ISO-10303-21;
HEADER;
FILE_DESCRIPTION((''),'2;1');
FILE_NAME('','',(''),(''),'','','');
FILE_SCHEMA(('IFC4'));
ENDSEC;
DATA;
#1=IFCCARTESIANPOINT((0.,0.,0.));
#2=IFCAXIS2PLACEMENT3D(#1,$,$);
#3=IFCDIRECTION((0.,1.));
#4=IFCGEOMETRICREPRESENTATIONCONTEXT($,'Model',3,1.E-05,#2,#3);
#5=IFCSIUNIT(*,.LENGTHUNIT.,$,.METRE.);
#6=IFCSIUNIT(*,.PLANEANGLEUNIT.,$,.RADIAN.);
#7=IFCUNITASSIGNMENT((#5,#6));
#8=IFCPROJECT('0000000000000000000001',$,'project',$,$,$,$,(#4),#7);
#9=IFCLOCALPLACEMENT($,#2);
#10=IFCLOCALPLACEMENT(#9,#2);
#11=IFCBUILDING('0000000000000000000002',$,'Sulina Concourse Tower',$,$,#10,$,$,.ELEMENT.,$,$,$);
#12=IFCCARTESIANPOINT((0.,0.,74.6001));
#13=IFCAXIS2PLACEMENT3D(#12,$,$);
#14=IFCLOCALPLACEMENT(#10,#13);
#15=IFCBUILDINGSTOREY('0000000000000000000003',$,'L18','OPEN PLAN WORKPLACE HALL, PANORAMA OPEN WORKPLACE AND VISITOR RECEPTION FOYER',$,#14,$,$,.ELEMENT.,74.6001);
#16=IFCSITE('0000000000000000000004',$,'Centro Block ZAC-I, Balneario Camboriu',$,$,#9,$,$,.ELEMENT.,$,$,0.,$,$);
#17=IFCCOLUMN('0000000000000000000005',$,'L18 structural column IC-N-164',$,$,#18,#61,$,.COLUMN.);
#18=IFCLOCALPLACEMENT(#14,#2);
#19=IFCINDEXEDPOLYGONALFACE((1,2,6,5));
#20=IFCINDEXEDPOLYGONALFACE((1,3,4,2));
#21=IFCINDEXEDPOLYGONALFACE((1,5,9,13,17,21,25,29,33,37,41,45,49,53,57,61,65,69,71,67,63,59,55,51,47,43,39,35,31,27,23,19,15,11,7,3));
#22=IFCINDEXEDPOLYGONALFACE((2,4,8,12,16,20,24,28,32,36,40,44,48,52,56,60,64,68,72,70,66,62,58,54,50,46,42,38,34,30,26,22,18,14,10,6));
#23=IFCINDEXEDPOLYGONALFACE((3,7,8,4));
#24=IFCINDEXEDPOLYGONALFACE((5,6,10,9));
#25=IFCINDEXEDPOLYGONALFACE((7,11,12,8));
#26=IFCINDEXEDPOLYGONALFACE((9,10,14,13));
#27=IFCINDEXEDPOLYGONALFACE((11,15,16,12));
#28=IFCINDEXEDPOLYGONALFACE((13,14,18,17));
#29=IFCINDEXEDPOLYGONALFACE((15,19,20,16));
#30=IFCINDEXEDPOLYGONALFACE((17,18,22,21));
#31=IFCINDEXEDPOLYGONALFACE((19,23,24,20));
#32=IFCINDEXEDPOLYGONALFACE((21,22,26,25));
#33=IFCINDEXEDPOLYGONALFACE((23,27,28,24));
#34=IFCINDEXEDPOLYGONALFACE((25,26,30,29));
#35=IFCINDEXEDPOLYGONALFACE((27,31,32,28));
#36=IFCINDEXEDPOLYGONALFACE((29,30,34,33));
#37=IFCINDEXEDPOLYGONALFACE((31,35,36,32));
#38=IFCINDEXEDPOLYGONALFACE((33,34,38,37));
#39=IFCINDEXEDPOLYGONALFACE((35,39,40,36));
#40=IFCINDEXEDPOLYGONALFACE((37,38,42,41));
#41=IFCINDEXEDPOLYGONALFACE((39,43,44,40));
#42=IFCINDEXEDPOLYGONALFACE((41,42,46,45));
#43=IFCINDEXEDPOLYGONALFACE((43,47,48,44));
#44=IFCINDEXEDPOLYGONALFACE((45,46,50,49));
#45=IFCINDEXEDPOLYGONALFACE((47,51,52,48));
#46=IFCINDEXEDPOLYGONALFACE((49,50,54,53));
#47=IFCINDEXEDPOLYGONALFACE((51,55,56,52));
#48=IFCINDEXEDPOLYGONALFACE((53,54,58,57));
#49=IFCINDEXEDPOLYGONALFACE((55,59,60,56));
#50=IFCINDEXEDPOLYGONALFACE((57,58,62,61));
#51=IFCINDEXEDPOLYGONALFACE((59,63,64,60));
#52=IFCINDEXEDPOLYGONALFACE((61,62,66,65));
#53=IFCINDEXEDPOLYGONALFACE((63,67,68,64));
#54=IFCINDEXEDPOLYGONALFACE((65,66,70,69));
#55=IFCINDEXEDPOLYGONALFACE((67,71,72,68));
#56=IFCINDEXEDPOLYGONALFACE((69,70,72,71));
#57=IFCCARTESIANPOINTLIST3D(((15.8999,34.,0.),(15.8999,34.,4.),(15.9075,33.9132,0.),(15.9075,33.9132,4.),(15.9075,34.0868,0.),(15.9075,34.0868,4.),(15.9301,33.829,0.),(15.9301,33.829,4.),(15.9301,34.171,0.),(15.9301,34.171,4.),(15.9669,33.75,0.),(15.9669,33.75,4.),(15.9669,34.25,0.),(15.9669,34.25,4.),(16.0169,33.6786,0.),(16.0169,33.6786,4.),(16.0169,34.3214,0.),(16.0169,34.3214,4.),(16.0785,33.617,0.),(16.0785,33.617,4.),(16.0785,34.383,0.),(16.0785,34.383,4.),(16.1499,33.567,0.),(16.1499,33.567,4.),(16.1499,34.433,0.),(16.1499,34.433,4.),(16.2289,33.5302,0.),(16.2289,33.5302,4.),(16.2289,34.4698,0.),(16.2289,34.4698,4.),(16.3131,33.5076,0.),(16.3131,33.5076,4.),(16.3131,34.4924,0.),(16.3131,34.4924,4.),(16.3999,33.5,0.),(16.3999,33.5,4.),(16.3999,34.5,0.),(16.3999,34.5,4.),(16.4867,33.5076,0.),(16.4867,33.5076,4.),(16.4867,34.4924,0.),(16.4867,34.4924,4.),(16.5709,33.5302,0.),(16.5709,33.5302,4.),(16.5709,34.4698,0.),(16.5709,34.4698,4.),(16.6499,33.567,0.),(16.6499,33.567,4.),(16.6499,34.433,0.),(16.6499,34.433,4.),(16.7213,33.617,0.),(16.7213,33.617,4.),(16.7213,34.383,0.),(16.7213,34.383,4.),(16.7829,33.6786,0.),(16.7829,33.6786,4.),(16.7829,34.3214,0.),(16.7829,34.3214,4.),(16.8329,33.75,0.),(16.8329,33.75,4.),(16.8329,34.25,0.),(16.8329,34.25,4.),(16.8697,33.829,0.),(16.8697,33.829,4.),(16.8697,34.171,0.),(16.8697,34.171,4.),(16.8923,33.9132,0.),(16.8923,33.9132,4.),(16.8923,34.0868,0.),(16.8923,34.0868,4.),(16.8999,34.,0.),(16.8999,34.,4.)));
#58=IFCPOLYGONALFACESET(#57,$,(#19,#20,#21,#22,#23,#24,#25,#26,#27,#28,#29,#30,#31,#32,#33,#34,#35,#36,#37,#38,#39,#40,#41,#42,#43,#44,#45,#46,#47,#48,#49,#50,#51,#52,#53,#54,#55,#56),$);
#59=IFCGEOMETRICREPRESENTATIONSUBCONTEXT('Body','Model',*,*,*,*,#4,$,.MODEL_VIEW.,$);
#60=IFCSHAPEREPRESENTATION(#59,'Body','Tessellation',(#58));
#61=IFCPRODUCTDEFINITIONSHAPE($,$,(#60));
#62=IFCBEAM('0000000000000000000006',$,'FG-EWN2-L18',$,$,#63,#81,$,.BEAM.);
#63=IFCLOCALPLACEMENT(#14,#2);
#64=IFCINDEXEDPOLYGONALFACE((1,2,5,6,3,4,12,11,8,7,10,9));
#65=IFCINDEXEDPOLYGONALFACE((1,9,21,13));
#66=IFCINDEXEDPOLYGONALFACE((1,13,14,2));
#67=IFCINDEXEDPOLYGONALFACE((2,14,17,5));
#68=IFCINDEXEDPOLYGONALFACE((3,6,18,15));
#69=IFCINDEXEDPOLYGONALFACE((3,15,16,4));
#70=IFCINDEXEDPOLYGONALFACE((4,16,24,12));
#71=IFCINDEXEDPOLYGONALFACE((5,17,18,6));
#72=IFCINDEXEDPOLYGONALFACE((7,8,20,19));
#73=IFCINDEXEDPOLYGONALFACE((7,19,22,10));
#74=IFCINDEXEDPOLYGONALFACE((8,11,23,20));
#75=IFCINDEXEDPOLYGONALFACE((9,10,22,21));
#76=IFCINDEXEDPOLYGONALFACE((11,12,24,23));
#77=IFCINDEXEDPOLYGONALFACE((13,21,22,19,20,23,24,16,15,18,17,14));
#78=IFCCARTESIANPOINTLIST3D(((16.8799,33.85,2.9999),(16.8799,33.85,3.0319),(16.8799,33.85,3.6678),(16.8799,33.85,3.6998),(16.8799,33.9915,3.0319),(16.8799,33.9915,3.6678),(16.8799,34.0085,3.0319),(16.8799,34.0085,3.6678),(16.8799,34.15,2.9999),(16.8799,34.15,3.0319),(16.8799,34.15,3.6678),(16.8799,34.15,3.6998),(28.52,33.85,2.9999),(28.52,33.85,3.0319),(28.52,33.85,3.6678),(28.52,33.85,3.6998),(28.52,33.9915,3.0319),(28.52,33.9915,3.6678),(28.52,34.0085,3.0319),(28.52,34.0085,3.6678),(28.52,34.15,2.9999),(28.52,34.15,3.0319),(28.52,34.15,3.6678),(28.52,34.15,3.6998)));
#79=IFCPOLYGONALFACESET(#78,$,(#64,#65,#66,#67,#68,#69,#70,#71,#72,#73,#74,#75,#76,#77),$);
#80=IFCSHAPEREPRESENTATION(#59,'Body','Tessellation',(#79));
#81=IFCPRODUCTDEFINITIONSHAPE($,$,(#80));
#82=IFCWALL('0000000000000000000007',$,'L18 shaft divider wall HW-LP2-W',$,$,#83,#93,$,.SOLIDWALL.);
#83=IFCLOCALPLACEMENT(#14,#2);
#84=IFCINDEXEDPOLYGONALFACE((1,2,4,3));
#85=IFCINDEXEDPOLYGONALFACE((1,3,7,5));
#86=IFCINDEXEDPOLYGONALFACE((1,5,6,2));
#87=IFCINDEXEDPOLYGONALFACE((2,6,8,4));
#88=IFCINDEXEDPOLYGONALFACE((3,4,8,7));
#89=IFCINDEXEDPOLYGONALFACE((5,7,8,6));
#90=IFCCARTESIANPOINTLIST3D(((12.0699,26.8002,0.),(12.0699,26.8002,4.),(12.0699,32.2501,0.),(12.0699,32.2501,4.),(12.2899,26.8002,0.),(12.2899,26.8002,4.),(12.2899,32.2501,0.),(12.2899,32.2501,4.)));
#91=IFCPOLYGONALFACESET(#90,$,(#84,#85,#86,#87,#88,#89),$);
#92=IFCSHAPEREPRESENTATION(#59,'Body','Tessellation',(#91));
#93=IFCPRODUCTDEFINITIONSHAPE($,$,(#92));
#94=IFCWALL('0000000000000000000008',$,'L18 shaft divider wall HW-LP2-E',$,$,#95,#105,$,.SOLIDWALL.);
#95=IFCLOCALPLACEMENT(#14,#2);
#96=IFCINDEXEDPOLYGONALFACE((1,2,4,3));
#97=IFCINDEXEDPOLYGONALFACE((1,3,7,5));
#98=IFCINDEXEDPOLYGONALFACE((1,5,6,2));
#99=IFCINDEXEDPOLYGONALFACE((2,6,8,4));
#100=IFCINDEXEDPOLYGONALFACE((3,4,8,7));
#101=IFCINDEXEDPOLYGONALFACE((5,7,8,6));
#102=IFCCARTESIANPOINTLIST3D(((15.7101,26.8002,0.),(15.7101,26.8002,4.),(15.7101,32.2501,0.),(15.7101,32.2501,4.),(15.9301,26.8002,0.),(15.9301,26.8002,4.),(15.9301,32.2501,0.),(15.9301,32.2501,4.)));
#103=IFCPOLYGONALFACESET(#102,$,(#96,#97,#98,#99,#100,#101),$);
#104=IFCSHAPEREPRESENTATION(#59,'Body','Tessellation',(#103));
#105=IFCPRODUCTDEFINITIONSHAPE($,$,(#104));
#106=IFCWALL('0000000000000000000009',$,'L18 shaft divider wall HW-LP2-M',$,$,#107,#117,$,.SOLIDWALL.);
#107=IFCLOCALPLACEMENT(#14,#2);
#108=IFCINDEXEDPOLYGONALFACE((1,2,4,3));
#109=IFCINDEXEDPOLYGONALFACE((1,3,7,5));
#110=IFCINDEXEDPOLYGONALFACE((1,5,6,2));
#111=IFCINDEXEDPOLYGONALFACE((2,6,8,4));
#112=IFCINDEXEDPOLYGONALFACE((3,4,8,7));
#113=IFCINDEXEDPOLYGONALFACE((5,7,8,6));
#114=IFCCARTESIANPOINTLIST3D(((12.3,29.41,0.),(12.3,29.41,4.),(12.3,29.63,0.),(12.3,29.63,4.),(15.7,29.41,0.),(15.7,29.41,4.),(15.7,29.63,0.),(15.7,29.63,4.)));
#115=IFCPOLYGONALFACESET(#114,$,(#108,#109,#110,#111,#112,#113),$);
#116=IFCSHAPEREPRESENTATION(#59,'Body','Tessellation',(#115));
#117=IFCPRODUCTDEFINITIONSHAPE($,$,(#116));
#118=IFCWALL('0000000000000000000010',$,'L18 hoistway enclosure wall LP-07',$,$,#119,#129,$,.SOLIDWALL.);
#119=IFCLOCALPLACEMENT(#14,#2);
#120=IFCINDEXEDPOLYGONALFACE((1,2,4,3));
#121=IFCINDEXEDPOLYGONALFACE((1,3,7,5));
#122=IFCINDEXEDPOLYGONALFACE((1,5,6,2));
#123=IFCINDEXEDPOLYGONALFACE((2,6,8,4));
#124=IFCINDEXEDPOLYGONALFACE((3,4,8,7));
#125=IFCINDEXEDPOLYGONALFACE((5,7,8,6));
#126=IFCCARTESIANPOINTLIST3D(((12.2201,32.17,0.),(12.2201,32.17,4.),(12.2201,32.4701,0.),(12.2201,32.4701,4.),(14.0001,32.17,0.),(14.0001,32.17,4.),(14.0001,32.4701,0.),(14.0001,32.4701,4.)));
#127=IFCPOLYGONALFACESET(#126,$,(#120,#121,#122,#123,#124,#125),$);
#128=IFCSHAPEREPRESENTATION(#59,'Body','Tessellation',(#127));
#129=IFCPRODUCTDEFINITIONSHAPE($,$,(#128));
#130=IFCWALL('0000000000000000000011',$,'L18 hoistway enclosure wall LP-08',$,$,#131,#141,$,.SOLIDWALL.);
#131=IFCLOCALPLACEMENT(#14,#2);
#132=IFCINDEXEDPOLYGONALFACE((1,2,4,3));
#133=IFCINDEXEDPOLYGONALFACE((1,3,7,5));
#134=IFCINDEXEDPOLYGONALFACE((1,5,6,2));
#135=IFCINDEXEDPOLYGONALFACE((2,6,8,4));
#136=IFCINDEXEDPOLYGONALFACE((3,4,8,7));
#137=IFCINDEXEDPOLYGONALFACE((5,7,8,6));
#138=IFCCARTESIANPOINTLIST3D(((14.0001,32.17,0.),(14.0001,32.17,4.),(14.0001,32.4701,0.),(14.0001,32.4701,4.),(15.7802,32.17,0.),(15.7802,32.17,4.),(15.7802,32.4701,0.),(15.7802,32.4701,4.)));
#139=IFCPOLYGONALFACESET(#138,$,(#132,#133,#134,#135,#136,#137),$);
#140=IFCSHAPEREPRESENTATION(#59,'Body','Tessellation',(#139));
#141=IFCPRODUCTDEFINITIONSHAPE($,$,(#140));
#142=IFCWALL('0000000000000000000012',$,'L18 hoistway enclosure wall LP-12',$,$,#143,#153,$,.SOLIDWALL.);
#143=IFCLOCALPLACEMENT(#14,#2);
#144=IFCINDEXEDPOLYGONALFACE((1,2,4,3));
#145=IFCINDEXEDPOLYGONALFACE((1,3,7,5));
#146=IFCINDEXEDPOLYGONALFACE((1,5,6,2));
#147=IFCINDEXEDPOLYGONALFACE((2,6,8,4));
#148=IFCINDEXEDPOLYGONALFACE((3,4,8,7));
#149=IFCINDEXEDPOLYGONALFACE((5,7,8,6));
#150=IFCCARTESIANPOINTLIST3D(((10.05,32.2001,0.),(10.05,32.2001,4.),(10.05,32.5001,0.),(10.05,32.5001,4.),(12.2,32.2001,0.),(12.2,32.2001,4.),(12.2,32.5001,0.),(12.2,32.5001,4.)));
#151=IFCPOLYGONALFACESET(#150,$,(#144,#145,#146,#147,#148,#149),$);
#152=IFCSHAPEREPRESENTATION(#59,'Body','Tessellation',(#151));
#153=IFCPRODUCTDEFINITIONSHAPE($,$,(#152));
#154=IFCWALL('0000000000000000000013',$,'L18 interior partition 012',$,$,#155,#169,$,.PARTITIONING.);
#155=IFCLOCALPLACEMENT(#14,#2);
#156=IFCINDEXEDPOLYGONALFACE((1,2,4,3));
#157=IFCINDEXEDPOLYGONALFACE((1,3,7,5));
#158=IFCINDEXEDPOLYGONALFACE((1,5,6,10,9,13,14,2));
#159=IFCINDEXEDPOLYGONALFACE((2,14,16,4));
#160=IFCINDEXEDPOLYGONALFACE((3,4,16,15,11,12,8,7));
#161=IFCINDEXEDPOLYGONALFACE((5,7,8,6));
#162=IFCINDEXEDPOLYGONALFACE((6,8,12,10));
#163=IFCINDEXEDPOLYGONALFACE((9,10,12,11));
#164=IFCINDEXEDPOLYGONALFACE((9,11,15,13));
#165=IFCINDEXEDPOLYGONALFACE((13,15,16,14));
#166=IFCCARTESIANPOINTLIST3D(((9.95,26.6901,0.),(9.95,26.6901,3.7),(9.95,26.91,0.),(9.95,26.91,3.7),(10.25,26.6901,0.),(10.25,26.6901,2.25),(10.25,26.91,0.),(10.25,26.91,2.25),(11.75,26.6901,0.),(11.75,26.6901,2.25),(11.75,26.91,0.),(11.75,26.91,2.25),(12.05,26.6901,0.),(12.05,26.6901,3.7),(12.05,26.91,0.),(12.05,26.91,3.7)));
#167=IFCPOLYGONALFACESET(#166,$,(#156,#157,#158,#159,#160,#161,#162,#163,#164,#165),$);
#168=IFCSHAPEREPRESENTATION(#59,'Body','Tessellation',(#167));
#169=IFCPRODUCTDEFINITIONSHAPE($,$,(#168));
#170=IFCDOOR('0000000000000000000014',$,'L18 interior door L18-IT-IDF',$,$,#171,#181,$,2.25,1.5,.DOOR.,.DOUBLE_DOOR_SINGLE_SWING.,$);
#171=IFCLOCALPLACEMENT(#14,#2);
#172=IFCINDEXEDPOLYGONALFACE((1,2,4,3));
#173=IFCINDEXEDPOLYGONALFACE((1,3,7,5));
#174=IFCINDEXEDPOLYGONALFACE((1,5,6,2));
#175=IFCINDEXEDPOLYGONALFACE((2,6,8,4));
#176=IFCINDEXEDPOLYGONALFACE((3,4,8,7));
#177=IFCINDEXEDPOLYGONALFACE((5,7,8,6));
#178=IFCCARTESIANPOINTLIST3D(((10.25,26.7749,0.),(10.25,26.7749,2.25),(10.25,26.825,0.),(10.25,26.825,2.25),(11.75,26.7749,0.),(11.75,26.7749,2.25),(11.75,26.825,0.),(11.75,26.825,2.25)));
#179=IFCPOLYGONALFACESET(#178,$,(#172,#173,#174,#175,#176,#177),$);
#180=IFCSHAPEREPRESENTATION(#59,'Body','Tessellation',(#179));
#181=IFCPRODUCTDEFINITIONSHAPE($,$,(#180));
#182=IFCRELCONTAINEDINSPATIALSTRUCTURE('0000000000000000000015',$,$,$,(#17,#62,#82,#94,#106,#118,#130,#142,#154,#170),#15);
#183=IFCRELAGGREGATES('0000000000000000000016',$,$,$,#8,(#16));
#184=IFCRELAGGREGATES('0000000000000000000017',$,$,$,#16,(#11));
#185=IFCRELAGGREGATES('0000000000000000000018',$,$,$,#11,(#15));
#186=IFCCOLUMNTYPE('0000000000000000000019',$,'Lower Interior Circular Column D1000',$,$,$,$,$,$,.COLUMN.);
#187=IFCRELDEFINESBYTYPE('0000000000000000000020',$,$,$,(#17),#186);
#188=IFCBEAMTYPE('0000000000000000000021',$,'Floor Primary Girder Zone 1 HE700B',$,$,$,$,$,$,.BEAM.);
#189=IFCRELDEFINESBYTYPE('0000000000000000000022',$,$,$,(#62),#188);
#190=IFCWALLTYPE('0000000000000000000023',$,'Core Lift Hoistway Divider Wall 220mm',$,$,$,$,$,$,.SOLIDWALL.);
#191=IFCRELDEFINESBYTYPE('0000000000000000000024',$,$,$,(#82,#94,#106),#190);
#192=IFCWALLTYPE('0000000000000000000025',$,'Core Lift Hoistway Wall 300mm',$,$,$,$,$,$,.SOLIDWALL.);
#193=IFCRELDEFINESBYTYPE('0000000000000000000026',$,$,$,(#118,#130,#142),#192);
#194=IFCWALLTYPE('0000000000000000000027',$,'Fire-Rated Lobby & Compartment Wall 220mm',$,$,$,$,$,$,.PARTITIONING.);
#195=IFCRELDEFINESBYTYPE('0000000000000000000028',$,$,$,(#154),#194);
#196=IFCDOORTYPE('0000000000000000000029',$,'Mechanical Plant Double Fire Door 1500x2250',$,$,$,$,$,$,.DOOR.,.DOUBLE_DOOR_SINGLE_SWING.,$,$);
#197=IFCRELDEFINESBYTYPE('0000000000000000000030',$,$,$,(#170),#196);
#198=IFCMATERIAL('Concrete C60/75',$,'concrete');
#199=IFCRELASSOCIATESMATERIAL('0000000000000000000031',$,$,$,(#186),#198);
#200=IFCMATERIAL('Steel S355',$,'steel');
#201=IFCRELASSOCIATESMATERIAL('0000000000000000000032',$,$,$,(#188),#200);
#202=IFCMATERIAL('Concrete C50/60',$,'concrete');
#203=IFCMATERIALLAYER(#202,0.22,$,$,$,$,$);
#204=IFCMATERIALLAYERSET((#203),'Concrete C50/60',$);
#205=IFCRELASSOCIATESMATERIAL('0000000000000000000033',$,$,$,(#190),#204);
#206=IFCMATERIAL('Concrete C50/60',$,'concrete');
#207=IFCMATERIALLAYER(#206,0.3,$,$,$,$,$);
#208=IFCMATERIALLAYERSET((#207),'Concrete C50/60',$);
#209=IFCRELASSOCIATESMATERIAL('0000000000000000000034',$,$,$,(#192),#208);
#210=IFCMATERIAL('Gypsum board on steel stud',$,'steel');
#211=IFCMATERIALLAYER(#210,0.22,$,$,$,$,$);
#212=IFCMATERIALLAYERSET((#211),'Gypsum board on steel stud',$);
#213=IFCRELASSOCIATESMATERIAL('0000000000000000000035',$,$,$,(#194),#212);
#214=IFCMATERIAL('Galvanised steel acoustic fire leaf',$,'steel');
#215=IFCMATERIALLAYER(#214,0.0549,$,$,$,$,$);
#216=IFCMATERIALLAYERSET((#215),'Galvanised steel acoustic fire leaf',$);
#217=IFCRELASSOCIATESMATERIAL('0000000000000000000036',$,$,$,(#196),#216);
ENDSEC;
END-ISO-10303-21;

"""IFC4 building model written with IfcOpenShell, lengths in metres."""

from ifc_helpers import new_model, si_unit, direction, frame, frame_2d, origin, origin_2d, place, context, subcontext, project, spatial, rectangle, circle, i_section, extrude, material, layer, layer_set, material_profile, profile_set, type_object, element, fill, save


model = new_model("IFC4")

# Units and contexts
model_context = context("Model", 3, precision=1e-05, world=origin(), true_north=direction((0.0, 1.0)))
body_context = subcontext(model_context, "Body", "Model", "MODEL_VIEW")
ifc_project = project(units=[si_unit("LENGTHUNIT", "METRE"), si_unit("PLANEANGLEUNIT", "RADIAN")], contexts=[model_context])

# Site, building, storey
site_placement = place(None, origin())
site = spatial("IfcSite", under=ifc_project, at=site_placement, Name="Centro Block ZAC-I, Balneario Camboriu", CompositionType="ELEMENT", RefElevation=0.0)
building_placement = place(site_placement, origin())
building = spatial("IfcBuilding", under=site, at=building_placement, Name="Sulina Concourse Tower", CompositionType="ELEMENT")
storey_placement = place(building_placement, frame((0.0, 0.0, 74.6001)))
storey = spatial("IfcBuildingStorey", under=building, at=storey_placement, Name="L18", Description="OPEN PLAN WORKPLACE HALL, PANORAMA OPEN WORKPLACE AND VISITOR RECEPTION FOYER", CompositionType="ELEMENT", Elevation=74.6001)

# Column
ifc_material_1 = material(Name="Concrete C60/75", Category="concrete")
ifc_material_profile_1 = material_profile(ifc_material_1, circle(Radius=0.5, at=origin_2d()), Name="RC D1000")
ifc_profile_set_1 = profile_set([ifc_material_profile_1], Name="Concrete C60/75")
column_type = type_object("IfcColumnType", Name="Lower Interior Circular Column D1000", PredefinedType="COLUMN", material=ifc_profile_set_1)
column_placement = place(storey_placement, frame((16.3999, 34.0, 0.0), z_axis=(0.0, 0.0, 1.0), x_axis=(1.0, 0.0, 0.0)))
element("IfcColumn", 1, at=column_placement, inside=storey, type_object=column_type, Name="L18 structural column IC-N-164", PredefinedType="COLUMN", context=body_context, shape_type="SweptSolid", body=[
    extrude(circle(Radius=0.5, at=origin_2d()), origin(), (0.0, 0.0, 1.0), 4.0),
])

# Beam
ifc_material_2 = material(Name="Steel S355", Category="steel")
ifc_material_profile_2 = material_profile(ifc_material_2, i_section(OverallWidth=0.3, OverallDepth=0.7, WebThickness=0.0171, FlangeThickness=0.032, at=origin_2d()), Name="HE 700 B")
ifc_profile_set_2 = profile_set([ifc_material_profile_2], Name="Steel S355")
beam_type = type_object("IfcBeamType", Name="Floor Primary Girder Zone 1 HE700B", PredefinedType="BEAM", material=ifc_profile_set_2)
beam_placement = place(storey_placement, frame((16.8799, 34.0, 3.3499), z_axis=(1.0, 0.0, 0.0), x_axis=(0.0, 1.0, 0.0)))
element("IfcBeam", 2, at=beam_placement, inside=storey, type_object=beam_type, Name="FG-EWN2-L18", PredefinedType="BEAM", context=body_context, shape_type="SweptSolid", body=[
    extrude(i_section(OverallWidth=0.3, OverallDepth=0.7, WebThickness=0.0171, FlangeThickness=0.032, at=origin_2d()), origin(), (0.0, 0.0, 1.0), 11.6401),
])

# Walls
ifc_material_3 = material(Name="Concrete C50/60", Category="concrete")
ifc_layer_1 = layer(ifc_material_3, 0.22)
ifc_layer_set_1 = layer_set([ifc_layer_1], Name="Concrete C50/60")
wall_type_1 = type_object("IfcWallType", Name="Core Lift Hoistway Divider Wall 220mm", PredefinedType="SOLIDWALL", material=ifc_layer_set_1)
for number, where, z_axis, x_axis, name in (
    (3, (12.1799, 26.8, 0.0), (0.0, 0.0, 1.0), (0.0, 1.0, 0.0), "L18 shaft divider wall HW-LP2-W"),
    (4, (15.8201, 26.8, 0.0), (0.0, 0.0, 1.0), (0.0, 1.0, 0.0), "L18 shaft divider wall HW-LP2-E"),
):
    element("IfcWall", number, at=place(storey_placement, frame(where, z_axis=z_axis, x_axis=x_axis)), inside=storey, type_object=wall_type_1, Name=name, PredefinedType="SOLIDWALL", context=body_context, shape_type="SweptSolid", body=[
        extrude(rectangle(XDim=5.45, YDim=0.22, at=frame_2d((2.7251, 0.0))), origin(), (0.0, 0.0, 1.0), 4.0),
    ])
wall_1_placement = place(storey_placement, frame((12.3, 29.52, 0.0), z_axis=(0.0, 0.0, 1.0), x_axis=(1.0, 0.0, 0.0)))
element("IfcWall", 5, at=wall_1_placement, inside=storey, type_object=wall_type_1, Name="L18 shaft divider wall HW-LP2-M", PredefinedType="SOLIDWALL", context=body_context, shape_type="SweptSolid", body=[
    extrude(rectangle(XDim=3.3999, YDim=0.22, at=frame_2d((1.7, 0.0))), origin(), (0.0, 0.0, 1.0), 4.0),
])
ifc_material_4 = material(Name="Concrete C50/60", Category="concrete")
ifc_layer_2 = layer(ifc_material_4, 0.3)
ifc_layer_set_2 = layer_set([ifc_layer_2], Name="Concrete C50/60")
wall_type_2 = type_object("IfcWallType", Name="Core Lift Hoistway Wall 300mm", PredefinedType="SOLIDWALL", material=ifc_layer_set_2)
for number, where, z_axis, x_axis, name in (
    (6, (12.22, 32.3201, 0.0), (0.0, 0.0, 1.0), (1.0, 0.0, 0.0), "L18 hoistway enclosure wall LP-07"),
    (7, (14.0, 32.3201, 0.0), (0.0, 0.0, 1.0), (1.0, 0.0, 0.0), "L18 hoistway enclosure wall LP-08"),
):
    element("IfcWall", number, at=place(storey_placement, frame(where, z_axis=z_axis, x_axis=x_axis)), inside=storey, type_object=wall_type_2, Name=name, PredefinedType="SOLIDWALL", context=body_context, shape_type="SweptSolid", body=[
        extrude(rectangle(XDim=1.78, YDim=0.3, at=frame_2d((0.8901, 0.0))), origin(), (0.0, 0.0, 1.0), 4.0),
    ])
wall_2_placement = place(storey_placement, frame((10.05, 32.3501, 0.0), z_axis=(0.0, 0.0, 1.0), x_axis=(1.0, 0.0, 0.0)))
element("IfcWall", 8, at=wall_2_placement, inside=storey, type_object=wall_type_2, Name="L18 hoistway enclosure wall LP-12", PredefinedType="SOLIDWALL", context=body_context, shape_type="SweptSolid", body=[
    extrude(rectangle(XDim=2.1499, YDim=0.3, at=frame_2d((1.075, 0.0))), origin(), (0.0, 0.0, 1.0), 4.0),
])

# Wall, opening, door
ifc_material_5 = material(Name="Gypsum board on steel stud", Category="steel")
ifc_layer_3 = layer(ifc_material_5, 0.22)
ifc_layer_set_3 = layer_set([ifc_layer_3], Name="Gypsum board on steel stud")
wall_type_3 = type_object("IfcWallType", Name="Fire-Rated Lobby & Compartment Wall 220mm", PredefinedType="PARTITIONING", material=ifc_layer_set_3)
wall_3_placement = place(storey_placement, frame((9.95, 26.8, 0.0), z_axis=(0.0, 0.0, 1.0), x_axis=(1.0, 0.0, 0.0)))
wall_3 = element("IfcWall", 9, at=wall_3_placement, inside=storey, type_object=wall_type_3, Name="L18 interior partition 012", PredefinedType="PARTITIONING", context=body_context, shape_type="SweptSolid", body=[
    extrude(rectangle(XDim=2.1001, YDim=0.22, at=frame_2d((1.05, 0.0))), origin(), (0.0, 0.0, 1.0), 3.7),
])
opening_1_placement = place(wall_3_placement, frame((0.3, 0.0, 0.0)))
opening_1 = element("IfcOpeningElement", 10, at=opening_1_placement, cuts=wall_3, PredefinedType="OPENING", context=body_context, shape_type="SweptSolid", body=[
    extrude(rectangle(XDim=1.5, YDim=2.25, at=frame_2d((0.75, 1.125))), frame((0.0, 0.1199, 0.0), z_axis=(0.0, -1.0, 0.0), x_axis=(1.0, 0.0, 0.0)), (0.0, 0.0, 1.0), 0.24),
])
ifc_material_6 = material(Name="Galvanised steel acoustic fire leaf", Category="steel")
ifc_layer_4 = layer(ifc_material_6, 0.0549)
ifc_layer_set_4 = layer_set([ifc_layer_4], Name="Galvanised steel acoustic fire leaf")
door_type_1 = type_object("IfcDoorType", Name="Mechanical Plant Double Fire Door 1500x2250", OperationType="DOUBLE_DOOR_SINGLE_SWING", PredefinedType="DOOR", material=ifc_layer_set_4)
door_1_placement = place(opening_1_placement, origin())
door_1 = element("IfcDoor", 11, at=door_1_placement, inside=storey, type_object=door_type_1, Name="L18 interior door L18-IT-IDF", OperationType="DOUBLE_DOOR_SINGLE_SWING", OverallHeight=2.25, OverallWidth=1.5, PredefinedType="DOOR", context=body_context, shape_type="SweptSolid", body=[
    extrude(rectangle(XDim=1.5, YDim=2.25, at=frame_2d((0.75, 1.125))), frame((0.0, 0.0249, 0.0), z_axis=(0.0, -1.0, 0.0), x_axis=(1.0, 0.0, 0.0)), (0.0, 0.0, 1.0), 0.05),
])
fill(opening_1, door_1)

save(model, "model.ifc")
